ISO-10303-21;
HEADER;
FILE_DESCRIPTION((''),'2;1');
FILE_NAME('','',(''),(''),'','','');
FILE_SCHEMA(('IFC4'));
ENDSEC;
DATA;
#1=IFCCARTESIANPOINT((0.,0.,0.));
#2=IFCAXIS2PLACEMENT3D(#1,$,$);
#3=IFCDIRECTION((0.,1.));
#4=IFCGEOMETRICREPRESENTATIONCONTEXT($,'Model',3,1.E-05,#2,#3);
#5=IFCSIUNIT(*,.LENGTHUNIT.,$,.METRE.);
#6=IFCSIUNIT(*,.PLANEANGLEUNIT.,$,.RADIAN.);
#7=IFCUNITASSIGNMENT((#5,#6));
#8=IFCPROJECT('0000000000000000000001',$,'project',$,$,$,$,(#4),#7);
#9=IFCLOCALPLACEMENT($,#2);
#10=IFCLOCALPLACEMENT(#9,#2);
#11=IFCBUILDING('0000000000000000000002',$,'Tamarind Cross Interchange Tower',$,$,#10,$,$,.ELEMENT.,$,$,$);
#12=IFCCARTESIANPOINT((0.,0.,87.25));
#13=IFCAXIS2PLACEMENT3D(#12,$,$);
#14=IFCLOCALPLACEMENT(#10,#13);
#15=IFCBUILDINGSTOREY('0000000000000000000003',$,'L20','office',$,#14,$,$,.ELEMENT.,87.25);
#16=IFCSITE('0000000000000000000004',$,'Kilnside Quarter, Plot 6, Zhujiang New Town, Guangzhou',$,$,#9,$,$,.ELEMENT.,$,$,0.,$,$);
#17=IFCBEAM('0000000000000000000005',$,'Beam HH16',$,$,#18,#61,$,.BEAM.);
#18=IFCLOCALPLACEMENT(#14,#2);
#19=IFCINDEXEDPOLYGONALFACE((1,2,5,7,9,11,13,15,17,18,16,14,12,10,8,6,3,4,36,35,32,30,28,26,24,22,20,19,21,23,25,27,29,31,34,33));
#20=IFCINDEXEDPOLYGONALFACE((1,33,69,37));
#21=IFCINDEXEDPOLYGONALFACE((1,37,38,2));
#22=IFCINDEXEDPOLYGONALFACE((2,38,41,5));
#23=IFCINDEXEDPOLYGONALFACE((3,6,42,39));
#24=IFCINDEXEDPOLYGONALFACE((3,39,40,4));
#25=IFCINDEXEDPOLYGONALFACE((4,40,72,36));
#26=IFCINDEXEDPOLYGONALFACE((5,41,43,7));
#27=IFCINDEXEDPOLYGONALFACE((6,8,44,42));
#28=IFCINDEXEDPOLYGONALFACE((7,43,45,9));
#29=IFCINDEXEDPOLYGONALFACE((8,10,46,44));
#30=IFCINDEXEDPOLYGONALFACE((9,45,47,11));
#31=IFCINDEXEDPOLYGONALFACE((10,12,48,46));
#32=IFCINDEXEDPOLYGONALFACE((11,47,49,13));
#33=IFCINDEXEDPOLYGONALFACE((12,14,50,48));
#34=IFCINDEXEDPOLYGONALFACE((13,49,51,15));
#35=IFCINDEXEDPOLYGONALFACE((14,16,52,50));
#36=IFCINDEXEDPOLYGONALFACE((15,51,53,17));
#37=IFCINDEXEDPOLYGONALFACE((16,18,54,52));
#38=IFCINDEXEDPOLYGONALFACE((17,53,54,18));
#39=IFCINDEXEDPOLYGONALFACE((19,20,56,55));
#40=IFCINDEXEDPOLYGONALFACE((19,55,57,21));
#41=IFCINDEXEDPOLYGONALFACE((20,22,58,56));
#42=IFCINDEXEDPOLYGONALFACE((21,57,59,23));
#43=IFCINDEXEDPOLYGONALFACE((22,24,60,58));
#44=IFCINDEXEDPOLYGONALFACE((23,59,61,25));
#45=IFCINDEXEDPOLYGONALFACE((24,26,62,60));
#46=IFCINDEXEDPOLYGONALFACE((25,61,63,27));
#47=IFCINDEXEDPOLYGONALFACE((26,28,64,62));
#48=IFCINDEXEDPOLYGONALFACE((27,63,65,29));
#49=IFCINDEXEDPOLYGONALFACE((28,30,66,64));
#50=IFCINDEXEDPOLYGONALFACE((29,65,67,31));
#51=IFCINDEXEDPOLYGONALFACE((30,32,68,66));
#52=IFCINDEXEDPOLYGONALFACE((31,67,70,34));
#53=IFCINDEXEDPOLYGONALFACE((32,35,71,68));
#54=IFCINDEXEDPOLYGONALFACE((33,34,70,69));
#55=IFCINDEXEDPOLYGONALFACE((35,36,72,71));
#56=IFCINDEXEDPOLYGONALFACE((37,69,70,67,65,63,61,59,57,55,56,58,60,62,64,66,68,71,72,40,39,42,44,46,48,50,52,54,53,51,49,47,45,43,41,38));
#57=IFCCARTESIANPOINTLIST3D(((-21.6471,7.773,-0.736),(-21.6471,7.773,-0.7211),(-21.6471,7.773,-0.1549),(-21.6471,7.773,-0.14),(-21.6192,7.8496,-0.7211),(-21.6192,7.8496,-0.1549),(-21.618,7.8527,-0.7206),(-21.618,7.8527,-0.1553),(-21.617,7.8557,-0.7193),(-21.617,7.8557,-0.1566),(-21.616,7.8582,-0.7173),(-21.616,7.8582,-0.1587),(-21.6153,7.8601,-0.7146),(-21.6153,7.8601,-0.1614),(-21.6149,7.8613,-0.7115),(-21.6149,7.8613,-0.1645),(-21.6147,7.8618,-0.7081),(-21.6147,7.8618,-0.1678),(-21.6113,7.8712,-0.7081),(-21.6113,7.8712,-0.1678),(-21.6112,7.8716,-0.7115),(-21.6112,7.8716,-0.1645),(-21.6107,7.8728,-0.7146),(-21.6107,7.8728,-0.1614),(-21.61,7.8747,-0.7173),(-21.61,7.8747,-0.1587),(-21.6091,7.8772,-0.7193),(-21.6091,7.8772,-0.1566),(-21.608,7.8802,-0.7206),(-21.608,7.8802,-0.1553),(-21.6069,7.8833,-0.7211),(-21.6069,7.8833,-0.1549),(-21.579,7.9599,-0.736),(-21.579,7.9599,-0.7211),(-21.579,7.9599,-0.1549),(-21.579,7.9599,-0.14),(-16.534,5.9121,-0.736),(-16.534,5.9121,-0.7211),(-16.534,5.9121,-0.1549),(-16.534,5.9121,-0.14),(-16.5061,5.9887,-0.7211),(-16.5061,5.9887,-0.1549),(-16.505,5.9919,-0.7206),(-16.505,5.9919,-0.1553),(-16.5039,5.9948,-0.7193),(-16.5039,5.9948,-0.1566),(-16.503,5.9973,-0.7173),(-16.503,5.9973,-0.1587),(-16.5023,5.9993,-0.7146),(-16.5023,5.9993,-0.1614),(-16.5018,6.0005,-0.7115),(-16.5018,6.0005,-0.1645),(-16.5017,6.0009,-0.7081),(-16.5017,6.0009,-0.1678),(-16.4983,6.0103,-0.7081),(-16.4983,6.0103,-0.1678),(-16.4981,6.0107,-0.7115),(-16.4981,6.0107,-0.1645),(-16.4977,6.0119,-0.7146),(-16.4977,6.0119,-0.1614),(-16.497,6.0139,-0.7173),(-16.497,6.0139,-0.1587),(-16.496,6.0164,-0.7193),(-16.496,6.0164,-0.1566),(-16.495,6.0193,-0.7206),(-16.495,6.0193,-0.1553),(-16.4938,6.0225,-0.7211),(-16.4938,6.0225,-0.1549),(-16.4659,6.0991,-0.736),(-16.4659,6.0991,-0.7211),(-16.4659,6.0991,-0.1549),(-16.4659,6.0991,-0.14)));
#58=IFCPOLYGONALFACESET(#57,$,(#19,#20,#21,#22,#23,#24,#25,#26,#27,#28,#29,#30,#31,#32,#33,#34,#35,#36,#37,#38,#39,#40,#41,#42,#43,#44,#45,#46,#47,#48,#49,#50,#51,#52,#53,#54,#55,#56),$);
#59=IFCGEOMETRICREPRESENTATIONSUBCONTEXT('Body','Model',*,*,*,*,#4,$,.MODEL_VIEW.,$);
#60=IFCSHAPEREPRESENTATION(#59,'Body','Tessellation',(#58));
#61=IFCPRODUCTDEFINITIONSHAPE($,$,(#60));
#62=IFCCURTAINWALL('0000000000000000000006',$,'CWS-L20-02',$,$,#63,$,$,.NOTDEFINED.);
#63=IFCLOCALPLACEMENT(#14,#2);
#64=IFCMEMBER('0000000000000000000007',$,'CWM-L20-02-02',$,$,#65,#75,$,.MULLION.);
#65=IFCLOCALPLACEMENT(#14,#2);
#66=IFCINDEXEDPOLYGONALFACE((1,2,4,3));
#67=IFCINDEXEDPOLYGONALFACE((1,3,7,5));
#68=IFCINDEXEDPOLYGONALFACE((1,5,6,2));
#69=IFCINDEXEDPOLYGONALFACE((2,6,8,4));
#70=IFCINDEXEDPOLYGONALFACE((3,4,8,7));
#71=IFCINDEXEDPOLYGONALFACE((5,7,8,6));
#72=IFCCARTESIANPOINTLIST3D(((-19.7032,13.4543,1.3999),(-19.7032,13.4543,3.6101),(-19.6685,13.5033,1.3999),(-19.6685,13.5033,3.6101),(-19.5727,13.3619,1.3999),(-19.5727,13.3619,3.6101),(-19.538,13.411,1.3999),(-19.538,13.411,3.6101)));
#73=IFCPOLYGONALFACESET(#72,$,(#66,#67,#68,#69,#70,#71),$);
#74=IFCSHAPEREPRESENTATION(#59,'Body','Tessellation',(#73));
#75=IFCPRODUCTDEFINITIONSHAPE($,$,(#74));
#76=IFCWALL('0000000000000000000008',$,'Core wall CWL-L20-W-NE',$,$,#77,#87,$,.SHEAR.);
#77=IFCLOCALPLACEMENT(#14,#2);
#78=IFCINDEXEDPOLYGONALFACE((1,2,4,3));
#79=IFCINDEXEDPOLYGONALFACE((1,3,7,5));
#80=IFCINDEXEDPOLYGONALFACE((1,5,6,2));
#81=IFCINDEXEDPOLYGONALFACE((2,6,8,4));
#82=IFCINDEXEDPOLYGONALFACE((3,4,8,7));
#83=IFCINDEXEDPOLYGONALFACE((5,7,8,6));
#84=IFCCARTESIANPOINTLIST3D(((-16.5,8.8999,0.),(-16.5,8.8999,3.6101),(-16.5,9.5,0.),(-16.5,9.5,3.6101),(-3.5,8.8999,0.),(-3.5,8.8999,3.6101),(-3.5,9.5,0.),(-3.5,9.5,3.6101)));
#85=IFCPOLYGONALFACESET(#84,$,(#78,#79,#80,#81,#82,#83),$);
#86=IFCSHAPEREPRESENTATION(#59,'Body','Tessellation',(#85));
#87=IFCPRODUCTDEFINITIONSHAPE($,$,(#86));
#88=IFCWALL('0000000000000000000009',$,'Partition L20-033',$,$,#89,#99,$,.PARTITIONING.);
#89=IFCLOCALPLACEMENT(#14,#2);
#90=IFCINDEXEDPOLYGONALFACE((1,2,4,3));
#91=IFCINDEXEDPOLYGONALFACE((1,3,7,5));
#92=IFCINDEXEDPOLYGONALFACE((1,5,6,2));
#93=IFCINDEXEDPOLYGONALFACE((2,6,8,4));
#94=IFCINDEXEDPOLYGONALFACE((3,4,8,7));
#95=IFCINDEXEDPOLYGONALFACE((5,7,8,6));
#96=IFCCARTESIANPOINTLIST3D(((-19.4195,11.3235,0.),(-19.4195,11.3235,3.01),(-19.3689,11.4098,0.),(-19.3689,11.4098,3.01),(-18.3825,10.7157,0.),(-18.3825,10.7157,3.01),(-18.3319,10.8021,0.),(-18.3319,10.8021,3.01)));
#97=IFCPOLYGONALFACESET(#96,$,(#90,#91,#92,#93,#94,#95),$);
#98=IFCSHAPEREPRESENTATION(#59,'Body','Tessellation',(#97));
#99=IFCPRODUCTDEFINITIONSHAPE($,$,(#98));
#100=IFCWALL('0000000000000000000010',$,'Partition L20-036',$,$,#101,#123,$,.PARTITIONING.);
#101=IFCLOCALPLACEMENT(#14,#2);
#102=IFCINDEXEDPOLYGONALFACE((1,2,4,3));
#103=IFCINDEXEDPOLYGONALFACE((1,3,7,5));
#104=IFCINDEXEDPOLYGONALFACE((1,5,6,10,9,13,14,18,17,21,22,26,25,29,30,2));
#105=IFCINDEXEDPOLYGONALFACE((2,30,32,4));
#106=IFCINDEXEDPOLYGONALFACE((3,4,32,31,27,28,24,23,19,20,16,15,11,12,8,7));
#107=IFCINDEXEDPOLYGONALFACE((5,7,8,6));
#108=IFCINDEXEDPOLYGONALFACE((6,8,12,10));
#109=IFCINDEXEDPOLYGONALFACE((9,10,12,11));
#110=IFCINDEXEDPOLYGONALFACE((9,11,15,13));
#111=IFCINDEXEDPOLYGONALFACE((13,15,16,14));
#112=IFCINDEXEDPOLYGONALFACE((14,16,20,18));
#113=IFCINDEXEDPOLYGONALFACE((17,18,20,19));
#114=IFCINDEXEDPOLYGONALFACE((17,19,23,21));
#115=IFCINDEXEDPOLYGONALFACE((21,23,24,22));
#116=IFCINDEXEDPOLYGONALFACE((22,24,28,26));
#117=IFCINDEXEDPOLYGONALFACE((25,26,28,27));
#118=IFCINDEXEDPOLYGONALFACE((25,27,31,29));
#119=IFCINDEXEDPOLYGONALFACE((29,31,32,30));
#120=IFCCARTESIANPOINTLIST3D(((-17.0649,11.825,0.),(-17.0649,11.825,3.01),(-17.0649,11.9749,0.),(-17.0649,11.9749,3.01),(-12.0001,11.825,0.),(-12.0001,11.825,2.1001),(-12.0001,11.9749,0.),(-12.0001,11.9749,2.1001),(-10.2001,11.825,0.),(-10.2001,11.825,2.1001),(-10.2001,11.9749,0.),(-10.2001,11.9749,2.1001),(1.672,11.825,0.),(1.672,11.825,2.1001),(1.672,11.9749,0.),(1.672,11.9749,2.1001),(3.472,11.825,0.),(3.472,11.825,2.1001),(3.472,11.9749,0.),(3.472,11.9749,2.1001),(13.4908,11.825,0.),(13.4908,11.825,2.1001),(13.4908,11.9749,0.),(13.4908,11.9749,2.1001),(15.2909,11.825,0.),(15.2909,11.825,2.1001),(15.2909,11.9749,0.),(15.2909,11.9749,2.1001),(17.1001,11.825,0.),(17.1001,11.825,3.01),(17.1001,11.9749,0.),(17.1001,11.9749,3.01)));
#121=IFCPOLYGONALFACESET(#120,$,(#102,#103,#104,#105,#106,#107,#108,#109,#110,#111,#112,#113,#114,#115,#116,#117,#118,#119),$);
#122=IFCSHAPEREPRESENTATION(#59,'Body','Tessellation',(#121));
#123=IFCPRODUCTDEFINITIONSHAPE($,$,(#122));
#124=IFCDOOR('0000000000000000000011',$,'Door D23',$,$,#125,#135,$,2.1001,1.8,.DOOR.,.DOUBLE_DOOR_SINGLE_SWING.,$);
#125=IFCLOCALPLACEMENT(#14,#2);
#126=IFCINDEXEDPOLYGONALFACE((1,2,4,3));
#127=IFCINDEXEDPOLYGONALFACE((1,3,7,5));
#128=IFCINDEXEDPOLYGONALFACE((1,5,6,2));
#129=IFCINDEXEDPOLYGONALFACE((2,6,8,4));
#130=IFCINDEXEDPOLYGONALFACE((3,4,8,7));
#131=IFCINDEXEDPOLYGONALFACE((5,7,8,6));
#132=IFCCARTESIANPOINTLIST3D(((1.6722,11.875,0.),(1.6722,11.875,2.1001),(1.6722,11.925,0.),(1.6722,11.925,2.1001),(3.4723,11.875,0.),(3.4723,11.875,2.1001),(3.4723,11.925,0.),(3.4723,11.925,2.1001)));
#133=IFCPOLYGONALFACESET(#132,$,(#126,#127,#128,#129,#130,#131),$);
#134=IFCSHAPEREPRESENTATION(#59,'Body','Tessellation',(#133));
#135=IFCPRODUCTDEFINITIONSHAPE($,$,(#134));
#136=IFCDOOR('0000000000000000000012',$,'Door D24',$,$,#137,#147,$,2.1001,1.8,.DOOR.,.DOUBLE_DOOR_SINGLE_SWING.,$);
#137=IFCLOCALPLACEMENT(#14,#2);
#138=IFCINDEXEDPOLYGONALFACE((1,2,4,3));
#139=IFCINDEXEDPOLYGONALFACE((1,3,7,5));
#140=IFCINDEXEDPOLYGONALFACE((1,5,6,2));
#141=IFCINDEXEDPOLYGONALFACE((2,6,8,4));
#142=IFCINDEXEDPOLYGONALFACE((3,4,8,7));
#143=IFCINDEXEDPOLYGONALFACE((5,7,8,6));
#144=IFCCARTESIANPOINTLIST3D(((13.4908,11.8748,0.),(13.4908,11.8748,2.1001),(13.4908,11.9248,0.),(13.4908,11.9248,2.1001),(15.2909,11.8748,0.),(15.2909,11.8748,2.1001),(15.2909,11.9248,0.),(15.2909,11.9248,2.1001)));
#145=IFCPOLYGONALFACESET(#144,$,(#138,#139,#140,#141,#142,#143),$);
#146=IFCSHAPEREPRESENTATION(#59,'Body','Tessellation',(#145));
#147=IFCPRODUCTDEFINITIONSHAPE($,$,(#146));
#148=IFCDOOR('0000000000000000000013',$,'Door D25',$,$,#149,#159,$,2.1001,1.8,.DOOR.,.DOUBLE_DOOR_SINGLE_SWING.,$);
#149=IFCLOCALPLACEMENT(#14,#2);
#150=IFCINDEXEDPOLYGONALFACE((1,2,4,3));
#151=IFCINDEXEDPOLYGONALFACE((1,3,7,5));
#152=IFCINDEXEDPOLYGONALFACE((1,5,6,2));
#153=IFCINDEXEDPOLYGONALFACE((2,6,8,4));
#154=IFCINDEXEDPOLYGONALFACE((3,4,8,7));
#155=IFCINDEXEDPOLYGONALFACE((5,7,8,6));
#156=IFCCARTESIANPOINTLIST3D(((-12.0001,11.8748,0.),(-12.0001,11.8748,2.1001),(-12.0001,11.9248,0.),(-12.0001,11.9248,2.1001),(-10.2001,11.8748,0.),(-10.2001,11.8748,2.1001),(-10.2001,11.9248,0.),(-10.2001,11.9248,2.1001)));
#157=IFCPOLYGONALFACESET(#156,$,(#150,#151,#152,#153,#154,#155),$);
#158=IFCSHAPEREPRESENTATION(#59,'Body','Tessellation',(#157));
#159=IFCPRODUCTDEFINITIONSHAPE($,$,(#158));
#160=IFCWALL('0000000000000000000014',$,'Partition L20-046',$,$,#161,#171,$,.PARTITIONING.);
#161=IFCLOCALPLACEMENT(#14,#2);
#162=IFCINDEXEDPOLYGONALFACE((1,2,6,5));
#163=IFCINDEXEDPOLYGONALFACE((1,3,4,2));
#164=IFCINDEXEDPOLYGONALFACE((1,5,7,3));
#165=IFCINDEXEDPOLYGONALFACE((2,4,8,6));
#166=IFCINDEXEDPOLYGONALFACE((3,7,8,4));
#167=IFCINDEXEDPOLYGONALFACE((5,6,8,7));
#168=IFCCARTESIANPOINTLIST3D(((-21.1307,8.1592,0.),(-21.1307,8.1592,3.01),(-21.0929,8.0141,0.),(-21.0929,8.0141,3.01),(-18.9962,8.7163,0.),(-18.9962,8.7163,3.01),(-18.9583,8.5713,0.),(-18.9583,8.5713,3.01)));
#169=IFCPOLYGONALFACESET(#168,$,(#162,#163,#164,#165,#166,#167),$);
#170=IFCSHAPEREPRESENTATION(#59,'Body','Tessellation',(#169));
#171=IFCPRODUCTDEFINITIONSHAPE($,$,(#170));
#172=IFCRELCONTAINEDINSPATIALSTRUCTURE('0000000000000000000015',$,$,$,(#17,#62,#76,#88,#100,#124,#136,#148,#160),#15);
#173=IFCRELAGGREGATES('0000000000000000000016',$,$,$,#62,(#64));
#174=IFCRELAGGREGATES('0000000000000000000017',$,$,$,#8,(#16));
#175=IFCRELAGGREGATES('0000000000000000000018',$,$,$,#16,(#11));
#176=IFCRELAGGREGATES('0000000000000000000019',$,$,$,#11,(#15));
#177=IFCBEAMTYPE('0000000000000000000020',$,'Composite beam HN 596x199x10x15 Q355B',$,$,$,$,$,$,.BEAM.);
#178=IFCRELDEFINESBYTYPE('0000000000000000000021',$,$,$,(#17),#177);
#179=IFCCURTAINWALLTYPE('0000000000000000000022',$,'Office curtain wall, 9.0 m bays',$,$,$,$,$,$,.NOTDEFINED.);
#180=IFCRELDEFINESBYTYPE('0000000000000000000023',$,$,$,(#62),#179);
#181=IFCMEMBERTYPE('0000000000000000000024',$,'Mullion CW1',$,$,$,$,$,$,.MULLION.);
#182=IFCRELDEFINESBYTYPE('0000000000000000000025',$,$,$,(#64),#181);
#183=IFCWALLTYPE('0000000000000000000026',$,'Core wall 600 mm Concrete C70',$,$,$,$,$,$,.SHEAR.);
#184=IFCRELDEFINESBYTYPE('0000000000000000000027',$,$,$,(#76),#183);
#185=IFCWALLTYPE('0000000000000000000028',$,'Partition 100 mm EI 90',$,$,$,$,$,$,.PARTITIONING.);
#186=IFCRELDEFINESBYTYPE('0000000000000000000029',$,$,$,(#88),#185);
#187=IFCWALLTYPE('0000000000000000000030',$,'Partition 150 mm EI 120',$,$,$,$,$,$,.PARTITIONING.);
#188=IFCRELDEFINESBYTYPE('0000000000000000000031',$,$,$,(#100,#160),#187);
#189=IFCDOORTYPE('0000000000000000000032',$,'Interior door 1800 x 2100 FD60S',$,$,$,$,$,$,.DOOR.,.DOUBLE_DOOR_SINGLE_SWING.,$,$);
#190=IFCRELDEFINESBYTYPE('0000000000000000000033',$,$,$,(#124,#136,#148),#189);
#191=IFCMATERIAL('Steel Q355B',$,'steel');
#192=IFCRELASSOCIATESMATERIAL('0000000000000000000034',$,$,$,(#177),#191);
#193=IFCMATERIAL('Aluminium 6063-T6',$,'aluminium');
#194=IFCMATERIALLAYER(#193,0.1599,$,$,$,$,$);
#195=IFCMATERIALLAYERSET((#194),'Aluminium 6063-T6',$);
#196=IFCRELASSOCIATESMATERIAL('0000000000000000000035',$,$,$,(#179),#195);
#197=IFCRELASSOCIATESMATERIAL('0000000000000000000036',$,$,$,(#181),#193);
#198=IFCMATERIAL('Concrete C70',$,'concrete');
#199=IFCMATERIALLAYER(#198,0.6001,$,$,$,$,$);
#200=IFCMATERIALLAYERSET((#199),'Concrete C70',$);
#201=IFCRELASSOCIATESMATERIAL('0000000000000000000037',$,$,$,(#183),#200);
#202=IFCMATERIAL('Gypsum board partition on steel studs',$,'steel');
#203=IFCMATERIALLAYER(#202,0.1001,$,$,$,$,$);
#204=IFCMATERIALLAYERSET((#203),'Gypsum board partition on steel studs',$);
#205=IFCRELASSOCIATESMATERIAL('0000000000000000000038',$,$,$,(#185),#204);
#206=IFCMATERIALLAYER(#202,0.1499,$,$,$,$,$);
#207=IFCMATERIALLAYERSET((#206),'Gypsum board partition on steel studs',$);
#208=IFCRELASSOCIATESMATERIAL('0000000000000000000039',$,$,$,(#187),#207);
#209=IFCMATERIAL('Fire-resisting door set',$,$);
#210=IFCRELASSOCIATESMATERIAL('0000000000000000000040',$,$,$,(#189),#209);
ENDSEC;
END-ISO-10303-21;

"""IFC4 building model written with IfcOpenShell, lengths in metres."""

from ifc_helpers import new_model, si_unit, direction, frame, frame_2d, origin, origin_2d, place, context, subcontext, project, spatial, rectangle, i_section, extrude, material, layer, layer_set, material_profile, profile_set, type_object, element, fill, aggregate, save


model = new_model("IFC4")

# Units and contexts
model_context = context("Model", 3, precision=1e-05, world=origin(), true_north=direction((0.0, 1.0)))
body_context = subcontext(model_context, "Body", "Model", "MODEL_VIEW")
ifc_project = project(units=[si_unit("LENGTHUNIT", "METRE"), si_unit("PLANEANGLEUNIT", "RADIAN")], contexts=[model_context])

# Site, building, storey
site_placement = place(None, origin())
site = spatial("IfcSite", under=ifc_project, at=site_placement, Name="Kilnside Quarter, Plot 6, Zhujiang New Town, Guangzhou", CompositionType="ELEMENT", RefElevation=0.0)
building_placement = place(site_placement, origin())
building = spatial("IfcBuilding", under=site, at=building_placement, Name="Tamarind Cross Interchange Tower", CompositionType="ELEMENT")
storey_placement = place(building_placement, frame((0.0, 0.0, 87.25)))
storey = spatial("IfcBuildingStorey", under=building, at=storey_placement, Name="L20", Description="office", CompositionType="ELEMENT", Elevation=87.25)

# Beam
ifc_material_1 = material(Name="Steel Q355B", Category="steel")
ifc_material_profile_1 = material_profile(ifc_material_1, i_section(OverallWidth=0.199, OverallDepth=0.5959, WebThickness=0.01, FlangeThickness=0.0149, FilletRadius=0.0129, at=origin_2d()), Name="HN 596x199x10x15")
ifc_profile_set_1 = profile_set([ifc_material_profile_1], Name="Steel Q355B")
beam_type = type_object("IfcBeamType", Name="Composite beam HN 596x199x10x15 Q355B", PredefinedType="BEAM", material=ifc_profile_set_1)
beam_1_placement = place(storey_placement, frame((-21.613, 7.8665, -0.438), z_axis=(0.939702, -0.341995, 0.0), x_axis=(0.341995, 0.939702, 0.0)))
element("IfcBeam", 1, at=beam_1_placement, inside=storey, type_object=beam_type, Name="Beam HH16", PredefinedType="BEAM", context=body_context, shape_type="SweptSolid", body=[
    extrude(i_section(OverallWidth=0.199, OverallDepth=0.5959, WebThickness=0.01, FlangeThickness=0.0149, FilletRadius=0.0129, at=origin_2d()), origin(), (0.0, 0.0, 1.0), 5.4412),
])

# Curtain wall, member
ifc_material_2 = material(Name="Aluminium 6063-T6", Category="aluminium")
ifc_layer_1 = layer(ifc_material_2, 0.1599)
ifc_layer_set_1 = layer_set([ifc_layer_1], Name="Aluminium 6063-T6")
curtain_wall_type = type_object("IfcCurtainWallType", Name="Office curtain wall, 9.0 m bays", PredefinedType="NOTDEFINED", material=ifc_layer_set_1)
curtain_wall_placement = place(storey_placement, origin())
curtain_wall = element("IfcCurtainWall", 2, at=curtain_wall_placement, inside=storey, type_object=curtain_wall_type, Name="CWS-L20-02", PredefinedType="NOTDEFINED")
ifc_material_profile_2 = material_profile(ifc_material_2, rectangle(XDim=0.0601, YDim=0.1599, at=origin_2d()), Name="Mullion CW1")
ifc_profile_set_2 = profile_set([ifc_material_profile_2], Name="Aluminium 6063-T6")
member_type = type_object("IfcMemberType", Name="Mullion CW1", PredefinedType="MULLION", material=ifc_profile_set_2)
member_placement = place(storey_placement, frame((-19.6206, 13.4326, 1.3999), z_axis=(0.0, 0.0, 1.0), x_axis=(-0.577569, -0.816342, 0.0)))
member = element("IfcMember", 3, at=member_placement, type_object=member_type, Name="CWM-L20-02-02", PredefinedType="MULLION", context=body_context, shape_type="SweptSolid", body=[
    extrude(rectangle(XDim=0.0601, YDim=0.1599, at=origin_2d()), origin(), (0.0, 0.0, 1.0), 2.2102),
])
aggregate(curtain_wall, [member])

# Walls
ifc_material_3 = material(Name="Concrete C70", Category="concrete")
ifc_layer_2 = layer(ifc_material_3, 0.6001)
ifc_layer_set_2 = layer_set([ifc_layer_2], Name="Concrete C70")
wall_type_1 = type_object("IfcWallType", Name="Core wall 600 mm Concrete C70", PredefinedType="SHEAR", material=ifc_layer_set_2)
wall_1_placement = place(storey_placement, frame((-16.5, 9.2, 0.0), z_axis=(0.0, 0.0, 1.0), x_axis=(1.0, 0.0, 0.0)))
element("IfcWall", 4, at=wall_1_placement, inside=storey, type_object=wall_type_1, Name="Core wall CWL-L20-W-NE", PredefinedType="SHEAR", context=body_context, shape_type="SweptSolid", body=[
    extrude(rectangle(XDim=13.0, YDim=0.6001, at=frame_2d((6.5, 0.0))), origin(), (0.0, 0.0, 1.0), 3.6101),
])
ifc_material_4 = material(Name="Gypsum board partition on steel studs", Category="steel")
ifc_layer_3 = layer(ifc_material_4, 0.1001)
ifc_layer_set_3 = layer_set([ifc_layer_3], Name="Gypsum board partition on steel studs")
wall_type_2 = type_object("IfcWallType", Name="Partition 100 mm EI 90", PredefinedType="PARTITIONING", material=ifc_layer_set_3)
wall_2_placement = place(storey_placement, frame((-19.3943, 11.3667, 0.0), z_axis=(0.0, 0.0, 1.0), x_axis=(0.862753, -0.505626, 0.0)))
element("IfcWall", 5, at=wall_2_placement, inside=storey, type_object=wall_type_2, Name="Partition L20-033", PredefinedType="PARTITIONING", context=body_context, shape_type="SweptSolid", body=[
    extrude(rectangle(XDim=1.2019, YDim=0.1001, at=frame_2d((0.6011, 0.0))), origin(), (0.0, 0.0, 1.0), 3.01),
])

# Wall, openings, doors
ifc_layer_4 = layer(ifc_material_4, 0.1499)
ifc_layer_set_4 = layer_set([ifc_layer_4], Name="Gypsum board partition on steel studs")
wall_type_3 = type_object("IfcWallType", Name="Partition 150 mm EI 120", PredefinedType="PARTITIONING", material=ifc_layer_set_4)
wall_3_placement = place(storey_placement, frame((-17.0649, 11.8999, 0.0), z_axis=(0.0, 0.0, 1.0), x_axis=(1.0, 0.0, 0.0)))
wall_3 = element("IfcWall", 6, at=wall_3_placement, inside=storey, type_object=wall_type_3, Name="Partition L20-036", PredefinedType="PARTITIONING", context=body_context, shape_type="SweptSolid", body=[
    extrude(rectangle(XDim=34.165, YDim=0.1499, at=frame_2d((17.0825, 0.0))), origin(), (0.0, 0.0, 1.0), 3.01),
])
opening_1_placement = place(wall_3_placement, frame((18.7371, 0.0, 0.0)))
opening_1 = element("IfcOpeningElement", 7, at=opening_1_placement, cuts=wall_3, PredefinedType="OPENING", context=body_context, shape_type="SweptSolid", body=[
    extrude(rectangle(XDim=1.8, YDim=2.1001, at=frame_2d((0.8999, 1.05))), frame((0.0, 0.085, 0.0), z_axis=(0.0, -1.0, 0.0), x_axis=(1.0, 0.0, 0.0)), (0.0, 0.0, 1.0), 0.1699),
])
opening_2_placement = place(wall_3_placement, frame((30.5559, 0.0, 0.0)))
opening_2 = element("IfcOpeningElement", 8, at=opening_2_placement, cuts=wall_3, PredefinedType="OPENING", context=body_context, shape_type="SweptSolid", body=[
    extrude(rectangle(XDim=1.8, YDim=2.1001, at=frame_2d((0.8999, 1.05))), frame((0.0, 0.085, 0.0), z_axis=(0.0, -1.0, 0.0), x_axis=(1.0, 0.0, 0.0)), (0.0, 0.0, 1.0), 0.1699),
])
opening_3_placement = place(wall_3_placement, frame((5.0649, 0.0, 0.0)))
opening_3 = element("IfcOpeningElement", 9, at=opening_3_placement, cuts=wall_3, PredefinedType="OPENING", context=body_context, shape_type="SweptSolid", body=[
    extrude(rectangle(XDim=1.8, YDim=2.1001, at=frame_2d((0.8999, 1.05))), frame((0.0, 0.085, 0.0), z_axis=(0.0, -1.0, 0.0), x_axis=(1.0, 0.0, 0.0)), (0.0, 0.0, 1.0), 0.1699),
])
ifc_material_5 = material(Name="Fire-resisting door set")
door_type = type_object("IfcDoorType", Name="Interior door 1800 x 2100 FD60S", OperationType="DOUBLE_DOOR_SINGLE_SWING", PredefinedType="DOOR", material=ifc_material_5)
door_1_placement = place(opening_1_placement, frame((1.8, 0.0, 0.0), z_axis=(0.0, 0.0, 1.0), x_axis=(-1.0, 0.0, 0.0)))
door_1 = element("IfcDoor", 10, at=door_1_placement, inside=storey, type_object=door_type, Name="Door D23", OperationType="DOUBLE_DOOR_SINGLE_SWING", OverallHeight=2.1001, OverallWidth=1.8, PredefinedType="DOOR", context=body_context, shape_type="SweptSolid", body=[
    extrude(rectangle(XDim=1.8, YDim=2.1001, at=frame_2d((0.8999, 1.05))), frame((0.0, 0.0249, 0.0), z_axis=(0.0, -1.0, 0.0), x_axis=(1.0, 0.0, 0.0)), (0.0, 0.0, 1.0), 0.05),
])
fill(opening_1, door_1)
door_2_placement = place(opening_2_placement, origin())
door_2 = element("IfcDoor", 11, at=door_2_placement, inside=storey, type_object=door_type, Name="Door D24", OperationType="DOUBLE_DOOR_SINGLE_SWING", OverallHeight=2.1001, OverallWidth=1.8, PredefinedType="DOOR", context=body_context, shape_type="SweptSolid", body=[
    extrude(rectangle(XDim=1.8, YDim=2.1001, at=frame_2d((0.8999, 1.05))), frame((0.0, 0.0249, 0.0), z_axis=(0.0, -1.0, 0.0), x_axis=(1.0, 0.0, 0.0)), (0.0, 0.0, 1.0), 0.05),
])
fill(opening_2, door_2)
door_3_placement = place(opening_3_placement, origin())
door_3 = element("IfcDoor", 12, at=door_3_placement, inside=storey, type_object=door_type, Name="Door D25", OperationType="DOUBLE_DOOR_SINGLE_SWING", OverallHeight=2.1001, OverallWidth=1.8, PredefinedType="DOOR", context=body_context, shape_type="SweptSolid", body=[
    extrude(rectangle(XDim=1.8, YDim=2.1001, at=frame_2d((0.8999, 1.05))), frame((0.0, 0.0249, 0.0), z_axis=(0.0, -1.0, 0.0), x_axis=(1.0, 0.0, 0.0)), (0.0, 0.0, 1.0), 0.05),
])
fill(opening_3, door_3)

# Wall
wall_4_placement = place(storey_placement, frame((-21.1118, 8.0867, 0.0), z_axis=(0.0, 0.0, 1.0), x_axis=(0.967584, 0.252548, 0.0)))
element("IfcWall", 13, at=wall_4_placement, inside=storey, type_object=wall_type_3, Name="Partition L20-046", PredefinedType="PARTITIONING", context=body_context, shape_type="SweptSolid", body=[
    extrude(rectangle(XDim=2.2061, YDim=0.1499, at=frame_2d((1.103, 0.0))), origin(), (0.0, 0.0, 1.0), 3.01),
])

save(model, "model.ifc")
